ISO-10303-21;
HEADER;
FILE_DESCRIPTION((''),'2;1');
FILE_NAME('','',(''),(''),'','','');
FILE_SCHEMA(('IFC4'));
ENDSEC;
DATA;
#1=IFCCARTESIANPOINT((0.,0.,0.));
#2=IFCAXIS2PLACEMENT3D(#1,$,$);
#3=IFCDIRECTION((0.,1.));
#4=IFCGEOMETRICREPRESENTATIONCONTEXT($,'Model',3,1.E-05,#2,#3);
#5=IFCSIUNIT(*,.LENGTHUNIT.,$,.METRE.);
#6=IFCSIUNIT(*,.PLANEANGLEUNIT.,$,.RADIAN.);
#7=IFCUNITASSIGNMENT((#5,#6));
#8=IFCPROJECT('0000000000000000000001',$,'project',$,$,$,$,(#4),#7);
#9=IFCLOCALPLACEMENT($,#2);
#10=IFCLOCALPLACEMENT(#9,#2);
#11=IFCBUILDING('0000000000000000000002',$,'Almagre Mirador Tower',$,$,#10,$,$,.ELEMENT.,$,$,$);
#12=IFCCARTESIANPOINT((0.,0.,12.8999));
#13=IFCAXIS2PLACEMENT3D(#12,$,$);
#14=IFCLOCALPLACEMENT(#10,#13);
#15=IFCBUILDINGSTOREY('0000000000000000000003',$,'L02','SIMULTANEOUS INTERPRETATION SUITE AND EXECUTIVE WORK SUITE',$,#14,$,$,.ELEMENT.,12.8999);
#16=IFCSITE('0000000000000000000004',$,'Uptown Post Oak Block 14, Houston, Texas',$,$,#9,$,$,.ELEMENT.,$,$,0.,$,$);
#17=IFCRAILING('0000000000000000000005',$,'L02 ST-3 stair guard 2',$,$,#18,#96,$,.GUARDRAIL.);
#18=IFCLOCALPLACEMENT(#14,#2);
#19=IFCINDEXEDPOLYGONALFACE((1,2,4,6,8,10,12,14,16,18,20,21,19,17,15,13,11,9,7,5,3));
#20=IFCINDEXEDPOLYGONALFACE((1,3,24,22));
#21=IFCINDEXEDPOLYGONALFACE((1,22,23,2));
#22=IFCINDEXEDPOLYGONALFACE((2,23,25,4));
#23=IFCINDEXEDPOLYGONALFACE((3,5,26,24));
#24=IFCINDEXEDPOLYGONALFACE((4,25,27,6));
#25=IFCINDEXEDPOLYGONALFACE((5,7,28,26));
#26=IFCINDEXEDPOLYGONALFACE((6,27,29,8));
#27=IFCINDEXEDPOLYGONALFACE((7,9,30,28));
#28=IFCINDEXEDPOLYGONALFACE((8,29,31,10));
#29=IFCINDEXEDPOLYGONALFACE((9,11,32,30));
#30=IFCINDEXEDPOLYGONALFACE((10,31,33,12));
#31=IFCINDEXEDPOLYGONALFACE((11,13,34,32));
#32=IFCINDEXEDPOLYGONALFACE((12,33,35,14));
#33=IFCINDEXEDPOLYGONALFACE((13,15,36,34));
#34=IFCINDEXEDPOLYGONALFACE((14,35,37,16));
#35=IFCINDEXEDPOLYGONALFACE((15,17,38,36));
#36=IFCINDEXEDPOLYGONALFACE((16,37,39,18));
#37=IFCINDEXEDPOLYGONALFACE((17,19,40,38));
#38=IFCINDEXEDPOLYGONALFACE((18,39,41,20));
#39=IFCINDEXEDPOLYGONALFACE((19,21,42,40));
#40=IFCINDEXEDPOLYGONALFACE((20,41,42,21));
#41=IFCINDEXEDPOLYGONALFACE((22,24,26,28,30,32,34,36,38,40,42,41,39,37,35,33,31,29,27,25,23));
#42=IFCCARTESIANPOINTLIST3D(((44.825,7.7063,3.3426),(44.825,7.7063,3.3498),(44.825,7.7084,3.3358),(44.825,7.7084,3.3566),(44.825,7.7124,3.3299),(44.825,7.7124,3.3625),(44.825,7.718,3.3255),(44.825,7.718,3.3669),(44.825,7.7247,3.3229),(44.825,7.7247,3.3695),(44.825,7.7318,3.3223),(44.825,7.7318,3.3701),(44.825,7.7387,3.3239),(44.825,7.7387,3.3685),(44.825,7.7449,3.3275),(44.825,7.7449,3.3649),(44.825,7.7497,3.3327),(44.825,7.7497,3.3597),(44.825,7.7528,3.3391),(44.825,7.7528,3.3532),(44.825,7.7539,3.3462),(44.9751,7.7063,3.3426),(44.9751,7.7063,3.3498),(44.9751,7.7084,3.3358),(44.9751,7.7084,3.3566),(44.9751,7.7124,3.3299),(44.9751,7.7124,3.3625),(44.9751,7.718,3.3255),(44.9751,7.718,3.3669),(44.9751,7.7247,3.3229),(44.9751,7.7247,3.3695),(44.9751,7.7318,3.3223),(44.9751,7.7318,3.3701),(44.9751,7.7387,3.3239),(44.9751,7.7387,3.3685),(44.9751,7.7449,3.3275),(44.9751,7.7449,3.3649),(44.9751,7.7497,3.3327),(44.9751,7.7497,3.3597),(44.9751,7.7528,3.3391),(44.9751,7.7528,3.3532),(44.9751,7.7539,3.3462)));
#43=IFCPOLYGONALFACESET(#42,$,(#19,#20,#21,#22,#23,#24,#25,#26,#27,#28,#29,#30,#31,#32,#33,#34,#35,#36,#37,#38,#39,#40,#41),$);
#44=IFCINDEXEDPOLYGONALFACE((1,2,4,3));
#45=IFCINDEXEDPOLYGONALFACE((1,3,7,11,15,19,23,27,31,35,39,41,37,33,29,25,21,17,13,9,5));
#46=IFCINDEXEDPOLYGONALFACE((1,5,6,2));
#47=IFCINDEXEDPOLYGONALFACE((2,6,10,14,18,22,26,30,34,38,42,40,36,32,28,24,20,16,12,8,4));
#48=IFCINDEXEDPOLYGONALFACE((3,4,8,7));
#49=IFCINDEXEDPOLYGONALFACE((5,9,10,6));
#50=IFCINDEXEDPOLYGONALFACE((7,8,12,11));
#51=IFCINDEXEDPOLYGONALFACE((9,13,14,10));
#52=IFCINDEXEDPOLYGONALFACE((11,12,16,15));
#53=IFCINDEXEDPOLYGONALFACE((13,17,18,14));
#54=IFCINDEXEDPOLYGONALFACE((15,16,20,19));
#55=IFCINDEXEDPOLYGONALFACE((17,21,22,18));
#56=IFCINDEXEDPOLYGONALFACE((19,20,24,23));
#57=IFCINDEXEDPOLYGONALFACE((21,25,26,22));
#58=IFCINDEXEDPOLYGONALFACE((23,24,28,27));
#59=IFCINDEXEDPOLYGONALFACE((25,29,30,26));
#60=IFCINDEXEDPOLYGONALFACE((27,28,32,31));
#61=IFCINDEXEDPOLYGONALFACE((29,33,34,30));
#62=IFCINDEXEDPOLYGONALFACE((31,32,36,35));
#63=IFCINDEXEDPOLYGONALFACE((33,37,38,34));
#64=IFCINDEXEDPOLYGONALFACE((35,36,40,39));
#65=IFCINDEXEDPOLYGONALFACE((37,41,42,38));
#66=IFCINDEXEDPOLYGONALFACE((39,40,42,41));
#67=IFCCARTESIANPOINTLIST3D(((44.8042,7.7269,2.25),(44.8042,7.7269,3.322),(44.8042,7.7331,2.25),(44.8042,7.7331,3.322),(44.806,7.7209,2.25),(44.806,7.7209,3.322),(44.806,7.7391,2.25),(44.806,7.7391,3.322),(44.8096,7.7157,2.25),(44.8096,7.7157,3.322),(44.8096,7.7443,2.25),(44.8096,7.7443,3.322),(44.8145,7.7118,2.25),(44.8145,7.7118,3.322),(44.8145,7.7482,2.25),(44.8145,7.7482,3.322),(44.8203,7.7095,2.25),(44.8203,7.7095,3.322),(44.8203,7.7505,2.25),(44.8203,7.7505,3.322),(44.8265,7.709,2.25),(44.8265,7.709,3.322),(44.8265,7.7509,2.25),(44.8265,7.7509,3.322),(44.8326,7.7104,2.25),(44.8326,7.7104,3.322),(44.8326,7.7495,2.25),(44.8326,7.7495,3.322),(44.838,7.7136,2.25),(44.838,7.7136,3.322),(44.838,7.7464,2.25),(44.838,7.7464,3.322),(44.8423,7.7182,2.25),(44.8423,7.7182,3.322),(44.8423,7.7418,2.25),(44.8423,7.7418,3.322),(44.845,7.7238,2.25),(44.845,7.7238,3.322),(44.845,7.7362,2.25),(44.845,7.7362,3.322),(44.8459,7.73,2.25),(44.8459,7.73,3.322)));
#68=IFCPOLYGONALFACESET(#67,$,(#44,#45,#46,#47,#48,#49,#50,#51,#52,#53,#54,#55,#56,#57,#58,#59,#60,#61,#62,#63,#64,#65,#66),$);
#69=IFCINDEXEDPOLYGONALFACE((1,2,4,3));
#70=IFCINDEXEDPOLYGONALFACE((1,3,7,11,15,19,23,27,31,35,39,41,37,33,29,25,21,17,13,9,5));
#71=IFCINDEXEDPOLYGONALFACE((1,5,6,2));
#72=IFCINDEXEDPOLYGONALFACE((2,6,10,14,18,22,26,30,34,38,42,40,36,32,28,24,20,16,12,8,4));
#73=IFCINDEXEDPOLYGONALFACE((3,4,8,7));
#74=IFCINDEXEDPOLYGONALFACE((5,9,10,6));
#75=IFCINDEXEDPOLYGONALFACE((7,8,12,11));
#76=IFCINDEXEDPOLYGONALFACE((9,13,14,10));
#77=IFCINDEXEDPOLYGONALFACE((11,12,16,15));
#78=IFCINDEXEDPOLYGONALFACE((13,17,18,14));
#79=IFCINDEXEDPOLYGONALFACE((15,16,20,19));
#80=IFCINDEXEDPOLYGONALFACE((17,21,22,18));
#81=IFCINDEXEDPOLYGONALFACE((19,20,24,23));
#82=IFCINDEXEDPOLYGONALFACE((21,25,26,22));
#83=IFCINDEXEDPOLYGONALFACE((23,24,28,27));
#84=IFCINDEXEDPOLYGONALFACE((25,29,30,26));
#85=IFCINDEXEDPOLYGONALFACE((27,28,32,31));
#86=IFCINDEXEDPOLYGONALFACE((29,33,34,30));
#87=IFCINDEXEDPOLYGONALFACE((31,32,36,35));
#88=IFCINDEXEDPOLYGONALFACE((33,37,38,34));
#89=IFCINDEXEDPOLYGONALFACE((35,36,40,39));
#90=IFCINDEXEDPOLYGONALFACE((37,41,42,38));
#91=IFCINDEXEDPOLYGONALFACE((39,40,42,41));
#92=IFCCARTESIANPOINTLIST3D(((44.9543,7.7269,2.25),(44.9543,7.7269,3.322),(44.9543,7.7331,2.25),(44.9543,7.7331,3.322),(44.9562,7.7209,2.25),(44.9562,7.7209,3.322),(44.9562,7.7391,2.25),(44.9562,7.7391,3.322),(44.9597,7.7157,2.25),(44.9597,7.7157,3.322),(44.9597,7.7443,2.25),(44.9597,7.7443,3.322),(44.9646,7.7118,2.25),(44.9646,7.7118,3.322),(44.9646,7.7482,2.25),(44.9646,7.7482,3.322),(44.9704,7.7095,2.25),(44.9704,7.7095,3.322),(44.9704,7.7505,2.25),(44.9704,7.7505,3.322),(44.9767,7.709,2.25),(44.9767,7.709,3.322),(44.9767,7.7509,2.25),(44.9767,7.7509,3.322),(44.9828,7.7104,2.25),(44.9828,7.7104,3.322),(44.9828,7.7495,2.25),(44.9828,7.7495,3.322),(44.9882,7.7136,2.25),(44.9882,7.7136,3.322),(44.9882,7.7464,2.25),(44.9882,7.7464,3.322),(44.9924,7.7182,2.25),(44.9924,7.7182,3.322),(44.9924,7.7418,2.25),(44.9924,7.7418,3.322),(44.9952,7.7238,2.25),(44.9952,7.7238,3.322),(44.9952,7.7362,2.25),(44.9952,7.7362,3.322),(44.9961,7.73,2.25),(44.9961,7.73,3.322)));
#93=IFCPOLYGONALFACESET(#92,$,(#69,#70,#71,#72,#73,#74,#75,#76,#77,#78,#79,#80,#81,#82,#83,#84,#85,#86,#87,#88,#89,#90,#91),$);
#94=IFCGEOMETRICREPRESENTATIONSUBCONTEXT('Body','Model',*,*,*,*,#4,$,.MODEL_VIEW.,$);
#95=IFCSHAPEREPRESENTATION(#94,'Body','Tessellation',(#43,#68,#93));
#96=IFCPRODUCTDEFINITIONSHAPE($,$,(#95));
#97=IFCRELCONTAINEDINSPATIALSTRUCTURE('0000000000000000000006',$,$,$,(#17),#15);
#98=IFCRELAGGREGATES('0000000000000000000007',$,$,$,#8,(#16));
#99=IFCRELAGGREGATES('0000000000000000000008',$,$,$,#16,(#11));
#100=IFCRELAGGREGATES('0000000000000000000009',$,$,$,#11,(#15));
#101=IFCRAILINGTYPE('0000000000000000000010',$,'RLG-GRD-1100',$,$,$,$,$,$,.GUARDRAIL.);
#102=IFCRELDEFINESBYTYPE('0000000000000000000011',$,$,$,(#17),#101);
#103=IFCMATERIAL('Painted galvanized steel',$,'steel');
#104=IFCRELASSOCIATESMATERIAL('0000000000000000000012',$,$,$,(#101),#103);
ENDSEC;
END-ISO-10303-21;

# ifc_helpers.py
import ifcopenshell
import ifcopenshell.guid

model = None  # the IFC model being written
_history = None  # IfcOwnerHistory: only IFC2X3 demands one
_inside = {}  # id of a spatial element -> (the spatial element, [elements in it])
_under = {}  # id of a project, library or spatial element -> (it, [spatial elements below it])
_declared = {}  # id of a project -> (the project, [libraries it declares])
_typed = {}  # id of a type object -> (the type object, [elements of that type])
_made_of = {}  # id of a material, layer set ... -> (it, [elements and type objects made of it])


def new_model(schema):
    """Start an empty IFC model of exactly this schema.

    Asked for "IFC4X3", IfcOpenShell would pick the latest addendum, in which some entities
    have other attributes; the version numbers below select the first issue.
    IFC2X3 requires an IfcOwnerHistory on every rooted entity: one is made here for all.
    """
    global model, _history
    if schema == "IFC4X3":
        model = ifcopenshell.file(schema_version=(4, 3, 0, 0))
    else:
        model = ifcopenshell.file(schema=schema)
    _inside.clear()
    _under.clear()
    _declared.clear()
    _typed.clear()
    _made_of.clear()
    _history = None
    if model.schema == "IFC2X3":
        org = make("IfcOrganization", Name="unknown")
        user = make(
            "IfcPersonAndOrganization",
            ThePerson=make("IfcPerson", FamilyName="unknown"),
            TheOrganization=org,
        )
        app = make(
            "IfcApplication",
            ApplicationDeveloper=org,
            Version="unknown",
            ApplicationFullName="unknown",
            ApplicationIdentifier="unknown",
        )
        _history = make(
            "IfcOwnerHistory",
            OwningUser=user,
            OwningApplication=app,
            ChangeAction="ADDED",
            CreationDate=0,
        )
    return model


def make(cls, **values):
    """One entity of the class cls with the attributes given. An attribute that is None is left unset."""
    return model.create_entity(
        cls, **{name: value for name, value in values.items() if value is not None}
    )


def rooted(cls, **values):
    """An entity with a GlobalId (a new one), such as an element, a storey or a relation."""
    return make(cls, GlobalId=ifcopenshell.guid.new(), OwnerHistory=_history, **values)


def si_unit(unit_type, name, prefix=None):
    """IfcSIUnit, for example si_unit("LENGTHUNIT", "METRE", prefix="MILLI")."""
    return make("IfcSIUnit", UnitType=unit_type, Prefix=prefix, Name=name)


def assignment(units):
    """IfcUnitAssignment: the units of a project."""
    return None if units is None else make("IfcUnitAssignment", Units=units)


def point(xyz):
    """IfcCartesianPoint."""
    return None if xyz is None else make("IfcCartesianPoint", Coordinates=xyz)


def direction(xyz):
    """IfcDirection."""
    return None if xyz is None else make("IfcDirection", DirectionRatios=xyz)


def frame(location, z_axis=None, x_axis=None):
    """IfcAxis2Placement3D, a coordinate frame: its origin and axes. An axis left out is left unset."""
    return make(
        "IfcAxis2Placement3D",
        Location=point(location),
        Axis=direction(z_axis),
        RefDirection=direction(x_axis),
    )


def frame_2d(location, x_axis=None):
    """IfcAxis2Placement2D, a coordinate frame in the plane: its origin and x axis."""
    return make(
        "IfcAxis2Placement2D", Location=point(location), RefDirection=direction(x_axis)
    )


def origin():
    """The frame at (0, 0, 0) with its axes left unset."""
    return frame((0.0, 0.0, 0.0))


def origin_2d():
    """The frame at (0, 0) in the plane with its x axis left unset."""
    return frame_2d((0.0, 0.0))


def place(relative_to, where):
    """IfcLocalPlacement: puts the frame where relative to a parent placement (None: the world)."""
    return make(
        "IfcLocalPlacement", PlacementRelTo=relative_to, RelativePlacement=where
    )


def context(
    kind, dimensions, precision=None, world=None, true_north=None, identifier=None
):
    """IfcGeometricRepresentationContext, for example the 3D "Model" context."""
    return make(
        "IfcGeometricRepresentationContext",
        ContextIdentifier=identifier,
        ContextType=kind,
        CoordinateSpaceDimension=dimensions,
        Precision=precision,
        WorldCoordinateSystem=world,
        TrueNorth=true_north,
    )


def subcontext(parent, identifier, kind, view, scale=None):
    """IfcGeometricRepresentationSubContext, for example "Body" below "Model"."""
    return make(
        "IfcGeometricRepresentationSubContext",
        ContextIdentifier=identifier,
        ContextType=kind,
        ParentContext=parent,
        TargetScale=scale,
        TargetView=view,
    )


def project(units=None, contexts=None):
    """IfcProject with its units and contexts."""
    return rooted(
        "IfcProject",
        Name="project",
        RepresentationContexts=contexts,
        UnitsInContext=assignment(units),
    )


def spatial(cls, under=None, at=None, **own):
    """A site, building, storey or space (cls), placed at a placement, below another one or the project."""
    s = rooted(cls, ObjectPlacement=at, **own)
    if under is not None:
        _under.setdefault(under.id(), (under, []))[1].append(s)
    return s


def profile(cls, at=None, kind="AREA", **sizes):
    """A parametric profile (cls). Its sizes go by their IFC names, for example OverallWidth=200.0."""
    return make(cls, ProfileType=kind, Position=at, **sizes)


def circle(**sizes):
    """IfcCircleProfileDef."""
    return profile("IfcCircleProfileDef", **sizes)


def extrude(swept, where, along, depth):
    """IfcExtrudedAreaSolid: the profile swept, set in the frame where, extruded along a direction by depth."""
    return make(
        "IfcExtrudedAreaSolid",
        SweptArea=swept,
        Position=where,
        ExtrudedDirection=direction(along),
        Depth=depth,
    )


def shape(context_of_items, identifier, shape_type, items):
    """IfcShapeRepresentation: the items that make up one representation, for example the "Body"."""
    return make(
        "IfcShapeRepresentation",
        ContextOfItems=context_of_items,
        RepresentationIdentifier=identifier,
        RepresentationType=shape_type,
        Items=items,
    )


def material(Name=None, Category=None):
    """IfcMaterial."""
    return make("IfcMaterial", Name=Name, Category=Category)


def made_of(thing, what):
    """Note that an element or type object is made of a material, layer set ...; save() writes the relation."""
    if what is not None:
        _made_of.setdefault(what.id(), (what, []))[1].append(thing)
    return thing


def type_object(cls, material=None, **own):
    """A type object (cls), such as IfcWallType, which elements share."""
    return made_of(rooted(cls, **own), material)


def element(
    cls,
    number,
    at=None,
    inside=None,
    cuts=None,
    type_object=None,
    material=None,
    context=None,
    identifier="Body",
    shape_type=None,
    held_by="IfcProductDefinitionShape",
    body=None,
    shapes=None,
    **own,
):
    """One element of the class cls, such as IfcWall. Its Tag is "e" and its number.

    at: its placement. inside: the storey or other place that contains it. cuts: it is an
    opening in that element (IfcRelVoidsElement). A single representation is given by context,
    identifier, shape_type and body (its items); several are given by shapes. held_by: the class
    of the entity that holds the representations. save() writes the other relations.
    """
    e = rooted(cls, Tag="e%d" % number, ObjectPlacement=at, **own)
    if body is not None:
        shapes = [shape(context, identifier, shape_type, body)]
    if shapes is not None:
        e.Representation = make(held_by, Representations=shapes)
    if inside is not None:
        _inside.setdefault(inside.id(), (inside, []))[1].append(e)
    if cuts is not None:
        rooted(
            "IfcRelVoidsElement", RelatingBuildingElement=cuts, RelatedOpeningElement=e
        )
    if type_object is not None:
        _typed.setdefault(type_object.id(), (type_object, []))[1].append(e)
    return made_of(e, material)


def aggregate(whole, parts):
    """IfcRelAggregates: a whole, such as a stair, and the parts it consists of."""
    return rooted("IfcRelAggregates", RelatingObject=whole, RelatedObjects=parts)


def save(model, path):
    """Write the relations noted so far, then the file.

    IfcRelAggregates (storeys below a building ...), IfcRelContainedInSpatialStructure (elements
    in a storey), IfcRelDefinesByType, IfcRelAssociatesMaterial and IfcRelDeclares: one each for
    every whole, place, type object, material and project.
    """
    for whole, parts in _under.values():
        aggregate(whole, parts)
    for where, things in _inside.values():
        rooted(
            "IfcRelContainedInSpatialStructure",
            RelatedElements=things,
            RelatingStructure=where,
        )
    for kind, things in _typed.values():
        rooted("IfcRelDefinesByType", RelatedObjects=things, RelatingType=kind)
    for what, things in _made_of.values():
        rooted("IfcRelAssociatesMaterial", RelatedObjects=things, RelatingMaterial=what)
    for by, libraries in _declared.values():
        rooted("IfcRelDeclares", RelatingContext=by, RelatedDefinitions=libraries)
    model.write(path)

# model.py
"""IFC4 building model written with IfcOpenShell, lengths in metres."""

from ifc_helpers import new_model, si_unit, direction, frame, origin, origin_2d, place, context, subcontext, project, spatial, circle, extrude, material, type_object, element, save


model = new_model("IFC4")

# Units and contexts
model_context = context("Model", 3, precision=1e-05, world=origin(), true_north=direction((0.0, 1.0)))
body_context = subcontext(model_context, "Body", "Model", "MODEL_VIEW")
ifc_project = project(units=[si_unit("LENGTHUNIT", "METRE"), si_unit("PLANEANGLEUNIT", "RADIAN")], contexts=[model_context])

# Site, building, storey
site_placement = place(None, origin())
site = spatial("IfcSite", under=ifc_project, at=site_placement, Name="Uptown Post Oak Block 14, Houston, Texas", CompositionType="ELEMENT", RefElevation=0.0)
building_placement = place(site_placement, origin())
building = spatial("IfcBuilding", under=site, at=building_placement, Name="Almagre Mirador Tower", CompositionType="ELEMENT")
storey_placement = place(building_placement, frame((0.0, 0.0, 12.8999)))
storey = spatial("IfcBuildingStorey", under=building, at=storey_placement, Name="L02", Description="SIMULTANEOUS INTERPRETATION SUITE AND EXECUTIVE WORK SUITE", CompositionType="ELEMENT", Elevation=12.8999)

# Railing
ifc_material_1 = material(Name="Painted galvanized steel", Category="steel")
railing_type_1 = type_object("IfcRailingType", Name="RLG-GRD-1100", PredefinedType="GUARDRAIL", material=ifc_material_1)
railing_1_placement = place(storey_placement, frame((44.825, 7.73, 2.25)))
element("IfcRailing", 1, at=railing_1_placement, inside=storey, type_object=railing_type_1, Name="L02 ST-3 stair guard 2", PredefinedType="GUARDRAIL", context=body_context, shape_type="SweptSolid", body=[
    extrude(circle(Radius=0.0239, at=origin_2d()), frame((0.0, 0.0, 1.0962), z_axis=(1.0, 0.0, 0.0), x_axis=(0.0, 1.0, 0.0)), (0.0, 0.0, 1.0), 0.1501),
    extrude(circle(Radius=0.021, at=origin_2d()), origin(), (0.0, 0.0, 1.0), 1.072),
    extrude(circle(Radius=0.021, at=origin_2d()), frame((0.1501, 0.0, 0.0)), (0.0, 0.0, 1.0), 1.072),
])

save(model, "model.ifc")
